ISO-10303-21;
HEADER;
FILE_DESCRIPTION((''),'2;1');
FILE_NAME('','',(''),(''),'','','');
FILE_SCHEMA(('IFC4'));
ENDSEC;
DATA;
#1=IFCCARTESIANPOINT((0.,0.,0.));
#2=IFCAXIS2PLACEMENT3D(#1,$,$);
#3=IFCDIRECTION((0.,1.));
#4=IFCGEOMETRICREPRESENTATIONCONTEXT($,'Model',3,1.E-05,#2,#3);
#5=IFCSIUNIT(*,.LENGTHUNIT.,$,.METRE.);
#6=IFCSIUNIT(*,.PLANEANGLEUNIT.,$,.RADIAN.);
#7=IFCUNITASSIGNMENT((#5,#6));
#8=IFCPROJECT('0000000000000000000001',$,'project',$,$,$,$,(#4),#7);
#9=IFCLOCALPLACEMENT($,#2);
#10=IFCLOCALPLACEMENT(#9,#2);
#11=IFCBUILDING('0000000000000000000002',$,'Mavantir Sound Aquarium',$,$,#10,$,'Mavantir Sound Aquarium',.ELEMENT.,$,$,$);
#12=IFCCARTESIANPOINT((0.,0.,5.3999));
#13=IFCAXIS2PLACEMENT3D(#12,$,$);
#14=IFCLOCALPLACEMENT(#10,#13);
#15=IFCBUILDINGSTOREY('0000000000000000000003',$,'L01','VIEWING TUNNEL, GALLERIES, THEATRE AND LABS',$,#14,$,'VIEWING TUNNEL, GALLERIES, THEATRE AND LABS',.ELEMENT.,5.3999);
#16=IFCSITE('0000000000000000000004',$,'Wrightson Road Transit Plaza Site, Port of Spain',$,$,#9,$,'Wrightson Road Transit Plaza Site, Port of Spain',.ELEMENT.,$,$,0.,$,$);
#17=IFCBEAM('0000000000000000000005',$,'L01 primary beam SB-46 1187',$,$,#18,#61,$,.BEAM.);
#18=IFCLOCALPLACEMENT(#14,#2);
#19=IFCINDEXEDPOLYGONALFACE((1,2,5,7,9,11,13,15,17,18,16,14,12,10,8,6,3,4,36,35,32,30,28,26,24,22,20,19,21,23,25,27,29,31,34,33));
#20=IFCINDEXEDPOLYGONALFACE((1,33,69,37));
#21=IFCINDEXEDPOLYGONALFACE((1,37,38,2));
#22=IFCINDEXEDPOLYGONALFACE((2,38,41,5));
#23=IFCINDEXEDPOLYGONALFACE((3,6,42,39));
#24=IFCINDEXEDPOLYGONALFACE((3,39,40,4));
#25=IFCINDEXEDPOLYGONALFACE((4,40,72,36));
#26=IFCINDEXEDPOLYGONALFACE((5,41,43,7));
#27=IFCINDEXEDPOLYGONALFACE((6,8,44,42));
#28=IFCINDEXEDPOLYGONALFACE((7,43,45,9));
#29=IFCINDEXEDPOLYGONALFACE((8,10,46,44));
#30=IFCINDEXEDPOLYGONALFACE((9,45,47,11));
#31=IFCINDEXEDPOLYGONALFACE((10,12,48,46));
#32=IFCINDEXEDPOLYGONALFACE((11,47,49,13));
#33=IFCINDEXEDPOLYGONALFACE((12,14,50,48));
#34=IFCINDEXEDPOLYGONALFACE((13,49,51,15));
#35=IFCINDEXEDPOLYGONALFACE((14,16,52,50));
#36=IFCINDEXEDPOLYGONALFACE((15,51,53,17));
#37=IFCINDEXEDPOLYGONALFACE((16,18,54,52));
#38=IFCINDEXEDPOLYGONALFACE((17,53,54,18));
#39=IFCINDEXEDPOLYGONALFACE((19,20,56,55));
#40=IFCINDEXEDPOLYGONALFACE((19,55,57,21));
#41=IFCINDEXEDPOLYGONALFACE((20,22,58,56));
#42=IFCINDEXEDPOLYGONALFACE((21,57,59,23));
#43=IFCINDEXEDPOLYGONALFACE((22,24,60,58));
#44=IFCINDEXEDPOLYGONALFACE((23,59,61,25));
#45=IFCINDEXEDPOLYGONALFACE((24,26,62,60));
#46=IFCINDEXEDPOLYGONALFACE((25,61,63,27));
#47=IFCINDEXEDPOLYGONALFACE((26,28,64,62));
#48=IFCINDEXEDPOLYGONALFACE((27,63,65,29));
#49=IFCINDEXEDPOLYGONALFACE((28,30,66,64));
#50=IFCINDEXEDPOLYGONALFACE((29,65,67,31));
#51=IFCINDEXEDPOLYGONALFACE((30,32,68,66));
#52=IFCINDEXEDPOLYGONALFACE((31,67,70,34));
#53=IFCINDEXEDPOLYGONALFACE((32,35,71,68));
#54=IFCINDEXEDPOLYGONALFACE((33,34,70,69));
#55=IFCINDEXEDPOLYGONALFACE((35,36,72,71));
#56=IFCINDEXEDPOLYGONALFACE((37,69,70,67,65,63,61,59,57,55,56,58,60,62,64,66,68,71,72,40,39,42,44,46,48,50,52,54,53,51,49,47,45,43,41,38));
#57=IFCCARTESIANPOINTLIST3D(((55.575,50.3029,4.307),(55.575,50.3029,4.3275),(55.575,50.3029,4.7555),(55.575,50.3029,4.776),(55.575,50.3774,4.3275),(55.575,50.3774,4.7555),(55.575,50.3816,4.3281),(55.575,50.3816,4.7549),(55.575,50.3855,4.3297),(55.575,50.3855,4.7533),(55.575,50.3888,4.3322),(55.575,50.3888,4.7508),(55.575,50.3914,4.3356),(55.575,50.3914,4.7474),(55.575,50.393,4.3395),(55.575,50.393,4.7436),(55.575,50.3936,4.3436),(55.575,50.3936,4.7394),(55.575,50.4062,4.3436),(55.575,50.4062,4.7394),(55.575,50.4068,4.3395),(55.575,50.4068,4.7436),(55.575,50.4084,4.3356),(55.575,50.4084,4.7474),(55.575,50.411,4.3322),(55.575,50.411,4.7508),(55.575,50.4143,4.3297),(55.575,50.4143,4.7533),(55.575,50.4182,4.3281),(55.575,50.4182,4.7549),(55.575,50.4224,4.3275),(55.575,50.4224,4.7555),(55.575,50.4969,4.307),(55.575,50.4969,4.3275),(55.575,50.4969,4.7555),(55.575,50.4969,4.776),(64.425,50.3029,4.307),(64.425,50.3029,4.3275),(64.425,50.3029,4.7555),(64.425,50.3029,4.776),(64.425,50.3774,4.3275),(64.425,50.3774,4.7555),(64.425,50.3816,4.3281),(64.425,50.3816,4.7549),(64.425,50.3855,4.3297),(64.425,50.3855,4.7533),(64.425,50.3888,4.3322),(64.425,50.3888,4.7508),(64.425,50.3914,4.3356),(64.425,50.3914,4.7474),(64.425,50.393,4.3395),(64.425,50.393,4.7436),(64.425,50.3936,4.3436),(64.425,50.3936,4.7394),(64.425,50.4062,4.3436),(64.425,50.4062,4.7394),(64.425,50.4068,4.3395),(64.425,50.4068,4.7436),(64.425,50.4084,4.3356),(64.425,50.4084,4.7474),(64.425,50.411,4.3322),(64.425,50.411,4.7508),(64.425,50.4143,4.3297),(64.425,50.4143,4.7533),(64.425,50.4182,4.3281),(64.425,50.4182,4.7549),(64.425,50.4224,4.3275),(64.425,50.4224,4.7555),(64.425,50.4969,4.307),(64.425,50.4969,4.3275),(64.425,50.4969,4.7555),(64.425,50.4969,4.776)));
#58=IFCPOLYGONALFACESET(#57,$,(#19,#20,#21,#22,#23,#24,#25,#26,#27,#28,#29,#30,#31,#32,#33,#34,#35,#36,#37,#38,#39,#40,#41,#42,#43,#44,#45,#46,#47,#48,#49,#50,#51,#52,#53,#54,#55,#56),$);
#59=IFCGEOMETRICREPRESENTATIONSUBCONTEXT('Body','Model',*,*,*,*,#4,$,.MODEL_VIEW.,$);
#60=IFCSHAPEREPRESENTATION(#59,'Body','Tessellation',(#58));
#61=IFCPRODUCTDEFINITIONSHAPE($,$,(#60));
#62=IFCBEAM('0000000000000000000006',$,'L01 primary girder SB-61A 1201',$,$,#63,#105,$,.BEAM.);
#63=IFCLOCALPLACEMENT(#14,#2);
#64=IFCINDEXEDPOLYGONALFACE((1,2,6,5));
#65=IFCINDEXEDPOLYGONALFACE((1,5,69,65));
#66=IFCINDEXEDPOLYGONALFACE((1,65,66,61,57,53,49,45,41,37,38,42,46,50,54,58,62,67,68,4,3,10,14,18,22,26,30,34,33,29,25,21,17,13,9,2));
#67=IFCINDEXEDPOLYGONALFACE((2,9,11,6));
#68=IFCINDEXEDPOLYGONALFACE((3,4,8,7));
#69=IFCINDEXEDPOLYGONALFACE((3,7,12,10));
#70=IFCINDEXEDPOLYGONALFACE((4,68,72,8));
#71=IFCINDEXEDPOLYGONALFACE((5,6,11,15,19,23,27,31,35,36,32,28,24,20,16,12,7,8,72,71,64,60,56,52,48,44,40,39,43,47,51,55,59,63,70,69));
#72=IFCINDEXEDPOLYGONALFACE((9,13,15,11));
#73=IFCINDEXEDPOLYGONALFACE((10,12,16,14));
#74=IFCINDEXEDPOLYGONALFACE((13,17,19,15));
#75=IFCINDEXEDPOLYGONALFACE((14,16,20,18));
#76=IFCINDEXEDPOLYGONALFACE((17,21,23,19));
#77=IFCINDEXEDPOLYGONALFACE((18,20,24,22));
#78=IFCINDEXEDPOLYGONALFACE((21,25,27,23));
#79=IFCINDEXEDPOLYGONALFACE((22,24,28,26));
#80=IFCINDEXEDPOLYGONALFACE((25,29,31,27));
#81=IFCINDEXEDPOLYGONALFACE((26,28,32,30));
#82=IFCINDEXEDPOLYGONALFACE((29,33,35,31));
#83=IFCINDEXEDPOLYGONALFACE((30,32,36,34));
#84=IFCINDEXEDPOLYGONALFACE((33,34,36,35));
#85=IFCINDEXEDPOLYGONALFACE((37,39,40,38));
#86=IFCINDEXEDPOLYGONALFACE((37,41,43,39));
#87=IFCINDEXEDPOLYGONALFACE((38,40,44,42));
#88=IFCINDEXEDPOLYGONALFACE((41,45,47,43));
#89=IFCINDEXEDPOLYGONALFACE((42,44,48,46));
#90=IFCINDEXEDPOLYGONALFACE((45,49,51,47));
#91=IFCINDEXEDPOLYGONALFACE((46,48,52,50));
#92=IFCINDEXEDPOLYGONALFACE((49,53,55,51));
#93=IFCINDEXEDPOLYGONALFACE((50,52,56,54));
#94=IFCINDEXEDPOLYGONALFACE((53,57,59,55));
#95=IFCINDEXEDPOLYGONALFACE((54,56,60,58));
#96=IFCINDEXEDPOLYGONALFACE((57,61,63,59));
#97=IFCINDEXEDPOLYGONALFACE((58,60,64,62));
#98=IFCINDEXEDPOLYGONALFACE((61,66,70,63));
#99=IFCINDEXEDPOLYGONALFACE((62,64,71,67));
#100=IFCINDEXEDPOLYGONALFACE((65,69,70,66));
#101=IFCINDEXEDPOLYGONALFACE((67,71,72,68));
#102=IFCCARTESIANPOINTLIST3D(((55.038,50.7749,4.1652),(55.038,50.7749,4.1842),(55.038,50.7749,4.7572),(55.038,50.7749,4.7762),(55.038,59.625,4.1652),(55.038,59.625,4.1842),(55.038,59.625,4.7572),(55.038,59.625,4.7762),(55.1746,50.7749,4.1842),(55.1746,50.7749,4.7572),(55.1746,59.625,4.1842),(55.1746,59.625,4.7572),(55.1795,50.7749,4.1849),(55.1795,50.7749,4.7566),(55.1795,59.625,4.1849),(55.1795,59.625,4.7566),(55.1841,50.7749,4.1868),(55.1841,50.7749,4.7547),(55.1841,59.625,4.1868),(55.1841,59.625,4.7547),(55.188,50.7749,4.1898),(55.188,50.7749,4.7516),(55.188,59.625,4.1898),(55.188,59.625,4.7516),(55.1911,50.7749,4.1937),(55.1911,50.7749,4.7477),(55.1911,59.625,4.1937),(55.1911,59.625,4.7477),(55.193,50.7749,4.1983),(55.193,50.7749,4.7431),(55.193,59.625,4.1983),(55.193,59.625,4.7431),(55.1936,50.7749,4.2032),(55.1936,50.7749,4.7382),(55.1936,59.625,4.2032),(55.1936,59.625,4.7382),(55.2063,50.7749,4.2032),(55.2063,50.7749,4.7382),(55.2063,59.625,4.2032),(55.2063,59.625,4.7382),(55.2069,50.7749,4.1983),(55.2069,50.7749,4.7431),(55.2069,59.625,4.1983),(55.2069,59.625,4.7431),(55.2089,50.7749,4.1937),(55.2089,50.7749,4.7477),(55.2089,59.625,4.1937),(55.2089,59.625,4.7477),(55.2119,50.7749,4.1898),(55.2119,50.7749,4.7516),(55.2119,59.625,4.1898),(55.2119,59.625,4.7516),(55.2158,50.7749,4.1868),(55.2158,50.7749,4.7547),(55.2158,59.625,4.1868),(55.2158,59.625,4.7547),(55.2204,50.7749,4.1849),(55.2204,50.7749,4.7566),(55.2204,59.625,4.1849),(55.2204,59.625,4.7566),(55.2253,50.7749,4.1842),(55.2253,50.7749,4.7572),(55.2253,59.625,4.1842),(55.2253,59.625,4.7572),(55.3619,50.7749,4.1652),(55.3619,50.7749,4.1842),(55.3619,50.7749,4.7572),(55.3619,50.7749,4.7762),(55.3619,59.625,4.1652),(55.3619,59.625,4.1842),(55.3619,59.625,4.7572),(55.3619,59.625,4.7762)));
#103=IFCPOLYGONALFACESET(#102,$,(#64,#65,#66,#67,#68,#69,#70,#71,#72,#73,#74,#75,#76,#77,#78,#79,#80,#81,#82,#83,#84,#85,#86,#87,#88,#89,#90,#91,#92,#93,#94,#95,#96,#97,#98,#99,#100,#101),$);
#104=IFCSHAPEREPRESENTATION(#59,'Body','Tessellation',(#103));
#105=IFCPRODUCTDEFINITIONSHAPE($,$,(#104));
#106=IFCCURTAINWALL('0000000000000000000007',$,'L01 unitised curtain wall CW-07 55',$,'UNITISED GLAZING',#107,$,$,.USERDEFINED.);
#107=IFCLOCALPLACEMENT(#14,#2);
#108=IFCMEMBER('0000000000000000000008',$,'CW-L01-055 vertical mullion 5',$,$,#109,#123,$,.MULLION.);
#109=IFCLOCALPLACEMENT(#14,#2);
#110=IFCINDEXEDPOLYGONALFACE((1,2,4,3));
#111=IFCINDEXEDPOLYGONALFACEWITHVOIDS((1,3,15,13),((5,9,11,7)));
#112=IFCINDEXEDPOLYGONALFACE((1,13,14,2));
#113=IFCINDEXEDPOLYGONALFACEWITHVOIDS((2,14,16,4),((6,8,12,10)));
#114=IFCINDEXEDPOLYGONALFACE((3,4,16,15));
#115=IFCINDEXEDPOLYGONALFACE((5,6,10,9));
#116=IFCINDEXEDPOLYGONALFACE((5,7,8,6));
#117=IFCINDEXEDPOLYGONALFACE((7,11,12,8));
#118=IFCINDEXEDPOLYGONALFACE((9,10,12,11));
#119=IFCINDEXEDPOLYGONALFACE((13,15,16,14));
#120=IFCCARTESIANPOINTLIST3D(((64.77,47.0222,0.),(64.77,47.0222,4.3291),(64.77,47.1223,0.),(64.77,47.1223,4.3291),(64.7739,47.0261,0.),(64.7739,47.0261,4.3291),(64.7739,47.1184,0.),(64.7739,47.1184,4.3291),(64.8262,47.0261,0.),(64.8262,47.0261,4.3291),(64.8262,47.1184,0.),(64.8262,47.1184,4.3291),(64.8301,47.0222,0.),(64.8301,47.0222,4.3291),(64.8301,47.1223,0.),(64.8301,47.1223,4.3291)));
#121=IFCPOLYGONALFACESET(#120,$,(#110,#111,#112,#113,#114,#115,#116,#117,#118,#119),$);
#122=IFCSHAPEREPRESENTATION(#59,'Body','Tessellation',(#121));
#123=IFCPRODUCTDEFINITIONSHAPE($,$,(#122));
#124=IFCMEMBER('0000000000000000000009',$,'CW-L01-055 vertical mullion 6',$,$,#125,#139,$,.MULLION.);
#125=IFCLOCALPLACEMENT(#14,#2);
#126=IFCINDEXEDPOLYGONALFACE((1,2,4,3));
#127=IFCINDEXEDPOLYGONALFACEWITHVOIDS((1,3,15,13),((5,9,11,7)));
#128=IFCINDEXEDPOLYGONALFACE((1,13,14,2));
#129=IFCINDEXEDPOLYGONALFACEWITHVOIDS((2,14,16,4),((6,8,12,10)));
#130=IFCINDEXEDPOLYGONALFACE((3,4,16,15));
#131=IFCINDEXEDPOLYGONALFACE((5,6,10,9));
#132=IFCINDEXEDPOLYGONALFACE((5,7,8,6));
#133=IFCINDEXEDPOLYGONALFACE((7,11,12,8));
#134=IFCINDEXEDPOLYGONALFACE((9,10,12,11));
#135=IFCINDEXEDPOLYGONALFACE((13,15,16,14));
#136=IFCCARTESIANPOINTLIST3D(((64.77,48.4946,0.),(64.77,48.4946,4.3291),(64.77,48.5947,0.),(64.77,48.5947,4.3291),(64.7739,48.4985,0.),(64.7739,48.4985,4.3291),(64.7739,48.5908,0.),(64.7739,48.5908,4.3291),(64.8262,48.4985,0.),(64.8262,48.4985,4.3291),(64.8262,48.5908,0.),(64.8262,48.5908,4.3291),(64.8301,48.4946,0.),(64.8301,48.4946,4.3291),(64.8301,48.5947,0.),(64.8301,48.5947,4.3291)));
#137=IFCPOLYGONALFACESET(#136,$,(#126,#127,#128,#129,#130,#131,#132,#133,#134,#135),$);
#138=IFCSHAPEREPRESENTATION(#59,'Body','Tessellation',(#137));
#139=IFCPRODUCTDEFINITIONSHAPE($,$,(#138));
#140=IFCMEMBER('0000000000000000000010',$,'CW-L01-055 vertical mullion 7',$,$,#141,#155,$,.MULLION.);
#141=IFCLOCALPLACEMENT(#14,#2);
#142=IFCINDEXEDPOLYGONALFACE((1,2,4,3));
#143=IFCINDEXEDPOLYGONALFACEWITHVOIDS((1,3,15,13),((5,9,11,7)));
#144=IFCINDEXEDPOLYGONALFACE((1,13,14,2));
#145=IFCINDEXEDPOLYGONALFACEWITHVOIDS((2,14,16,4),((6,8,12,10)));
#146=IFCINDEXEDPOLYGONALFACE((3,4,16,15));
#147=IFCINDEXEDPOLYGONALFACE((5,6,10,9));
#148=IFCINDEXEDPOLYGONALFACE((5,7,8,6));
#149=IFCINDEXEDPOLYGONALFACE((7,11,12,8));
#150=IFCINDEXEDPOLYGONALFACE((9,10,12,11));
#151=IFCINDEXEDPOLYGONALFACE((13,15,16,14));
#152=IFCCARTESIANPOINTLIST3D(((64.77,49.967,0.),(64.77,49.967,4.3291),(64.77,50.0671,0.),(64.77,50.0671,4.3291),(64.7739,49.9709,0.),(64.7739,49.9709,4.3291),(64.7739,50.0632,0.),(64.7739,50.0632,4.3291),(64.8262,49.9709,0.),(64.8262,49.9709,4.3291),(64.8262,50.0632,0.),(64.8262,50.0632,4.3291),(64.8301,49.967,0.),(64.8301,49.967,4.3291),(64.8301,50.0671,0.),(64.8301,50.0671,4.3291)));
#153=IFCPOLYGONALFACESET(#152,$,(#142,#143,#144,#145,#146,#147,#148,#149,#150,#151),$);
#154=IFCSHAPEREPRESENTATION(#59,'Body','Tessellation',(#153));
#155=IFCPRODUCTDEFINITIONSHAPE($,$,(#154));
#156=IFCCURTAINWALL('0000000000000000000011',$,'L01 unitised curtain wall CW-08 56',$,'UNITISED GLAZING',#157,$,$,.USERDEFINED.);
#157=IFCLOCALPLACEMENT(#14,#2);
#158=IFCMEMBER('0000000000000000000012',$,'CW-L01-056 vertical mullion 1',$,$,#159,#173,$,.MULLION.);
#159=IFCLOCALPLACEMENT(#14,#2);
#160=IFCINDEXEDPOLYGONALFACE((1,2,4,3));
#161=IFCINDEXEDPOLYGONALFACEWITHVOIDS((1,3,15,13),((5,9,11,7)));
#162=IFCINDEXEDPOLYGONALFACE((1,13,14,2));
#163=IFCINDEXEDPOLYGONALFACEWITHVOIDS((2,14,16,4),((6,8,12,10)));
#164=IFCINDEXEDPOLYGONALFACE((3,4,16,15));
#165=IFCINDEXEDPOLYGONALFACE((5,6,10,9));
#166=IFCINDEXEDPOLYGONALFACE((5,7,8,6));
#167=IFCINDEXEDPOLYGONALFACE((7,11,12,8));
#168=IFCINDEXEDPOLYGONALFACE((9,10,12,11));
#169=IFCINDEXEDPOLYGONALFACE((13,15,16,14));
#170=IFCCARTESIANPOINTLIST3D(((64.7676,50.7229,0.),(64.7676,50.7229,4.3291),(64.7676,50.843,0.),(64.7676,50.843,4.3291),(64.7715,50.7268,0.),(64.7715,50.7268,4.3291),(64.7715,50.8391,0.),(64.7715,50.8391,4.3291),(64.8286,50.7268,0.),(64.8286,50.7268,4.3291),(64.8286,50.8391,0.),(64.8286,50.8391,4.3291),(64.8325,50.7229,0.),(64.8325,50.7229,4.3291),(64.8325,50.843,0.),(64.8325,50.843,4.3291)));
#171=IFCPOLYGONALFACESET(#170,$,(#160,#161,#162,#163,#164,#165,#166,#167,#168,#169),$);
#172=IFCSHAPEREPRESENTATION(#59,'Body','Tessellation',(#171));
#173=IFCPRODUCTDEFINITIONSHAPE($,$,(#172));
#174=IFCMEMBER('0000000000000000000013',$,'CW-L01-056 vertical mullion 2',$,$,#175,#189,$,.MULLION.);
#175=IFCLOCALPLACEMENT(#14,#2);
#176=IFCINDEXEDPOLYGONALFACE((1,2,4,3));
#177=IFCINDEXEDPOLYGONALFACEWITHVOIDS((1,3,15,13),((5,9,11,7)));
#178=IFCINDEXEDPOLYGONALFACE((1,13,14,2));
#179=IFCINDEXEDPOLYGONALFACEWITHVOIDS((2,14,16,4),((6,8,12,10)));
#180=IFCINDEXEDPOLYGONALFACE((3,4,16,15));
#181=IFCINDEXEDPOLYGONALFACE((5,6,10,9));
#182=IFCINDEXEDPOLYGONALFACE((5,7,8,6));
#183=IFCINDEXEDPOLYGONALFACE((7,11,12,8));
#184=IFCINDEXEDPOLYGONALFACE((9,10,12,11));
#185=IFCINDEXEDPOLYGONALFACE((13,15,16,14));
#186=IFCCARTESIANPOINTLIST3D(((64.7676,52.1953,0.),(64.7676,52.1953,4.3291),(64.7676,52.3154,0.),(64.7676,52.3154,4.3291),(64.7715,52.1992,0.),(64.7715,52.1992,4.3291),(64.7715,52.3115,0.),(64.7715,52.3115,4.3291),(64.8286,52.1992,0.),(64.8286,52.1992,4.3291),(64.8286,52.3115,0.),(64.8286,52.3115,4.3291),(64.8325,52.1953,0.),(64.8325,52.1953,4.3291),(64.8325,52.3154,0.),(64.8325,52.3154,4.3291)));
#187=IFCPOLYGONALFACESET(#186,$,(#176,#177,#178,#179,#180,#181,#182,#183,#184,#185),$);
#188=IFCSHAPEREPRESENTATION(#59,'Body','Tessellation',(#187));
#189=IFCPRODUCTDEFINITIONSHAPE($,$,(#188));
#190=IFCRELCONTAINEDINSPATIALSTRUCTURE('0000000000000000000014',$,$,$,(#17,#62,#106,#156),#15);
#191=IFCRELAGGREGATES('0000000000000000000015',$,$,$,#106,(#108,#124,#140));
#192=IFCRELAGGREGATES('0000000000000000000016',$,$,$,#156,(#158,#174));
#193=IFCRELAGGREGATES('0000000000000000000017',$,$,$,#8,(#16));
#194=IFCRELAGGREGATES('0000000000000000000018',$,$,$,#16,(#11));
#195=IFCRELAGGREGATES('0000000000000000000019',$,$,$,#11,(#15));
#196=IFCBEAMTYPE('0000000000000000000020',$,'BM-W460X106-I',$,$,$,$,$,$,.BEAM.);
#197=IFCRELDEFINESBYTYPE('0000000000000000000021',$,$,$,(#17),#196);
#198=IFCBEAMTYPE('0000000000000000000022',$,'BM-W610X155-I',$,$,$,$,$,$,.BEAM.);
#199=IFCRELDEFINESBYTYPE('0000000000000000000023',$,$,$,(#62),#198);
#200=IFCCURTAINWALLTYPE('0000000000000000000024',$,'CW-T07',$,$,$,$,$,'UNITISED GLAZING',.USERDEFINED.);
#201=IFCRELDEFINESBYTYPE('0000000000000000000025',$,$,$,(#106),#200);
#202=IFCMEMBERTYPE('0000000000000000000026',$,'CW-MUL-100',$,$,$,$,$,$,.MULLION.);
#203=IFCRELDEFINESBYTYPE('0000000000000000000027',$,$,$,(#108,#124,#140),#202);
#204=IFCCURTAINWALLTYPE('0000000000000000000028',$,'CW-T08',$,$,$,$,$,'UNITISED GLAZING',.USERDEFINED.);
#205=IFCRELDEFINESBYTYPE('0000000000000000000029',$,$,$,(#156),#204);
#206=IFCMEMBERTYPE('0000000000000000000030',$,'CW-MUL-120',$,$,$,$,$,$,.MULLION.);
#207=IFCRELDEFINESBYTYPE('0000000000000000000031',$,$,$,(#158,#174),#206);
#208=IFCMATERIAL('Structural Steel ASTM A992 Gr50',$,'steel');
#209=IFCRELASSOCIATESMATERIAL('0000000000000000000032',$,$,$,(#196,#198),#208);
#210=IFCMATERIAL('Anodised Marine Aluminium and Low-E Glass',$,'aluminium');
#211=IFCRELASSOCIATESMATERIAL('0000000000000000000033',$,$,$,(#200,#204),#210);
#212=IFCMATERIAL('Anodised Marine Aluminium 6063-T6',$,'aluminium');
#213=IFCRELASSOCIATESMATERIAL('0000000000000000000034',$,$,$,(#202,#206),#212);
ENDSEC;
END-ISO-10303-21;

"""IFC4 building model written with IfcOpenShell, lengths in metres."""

from ifc_helpers import new_model, si_unit, direction, frame, origin, origin_2d, place, context, subcontext, project, spatial, hollow_rectangle, i_section, extrude, material, material_profile, profile_set, type_object, element, aggregate, save


model = new_model("IFC4")

# Units and contexts
model_context = context("Model", 3, precision=1e-05, world=origin(), true_north=direction((0.0, 1.0)))
body_context = subcontext(model_context, "Body", "Model", "MODEL_VIEW")
ifc_project = project(units=[si_unit("LENGTHUNIT", "METRE"), si_unit("PLANEANGLEUNIT", "RADIAN")], contexts=[model_context])

# Site, building, storey
site_placement = place(None, origin())
site = spatial("IfcSite", under=ifc_project, at=site_placement, Name="Wrightson Road Transit Plaza Site, Port of Spain", LongName="Wrightson Road Transit Plaza Site, Port of Spain", CompositionType="ELEMENT", RefElevation=0.0)
building_placement = place(site_placement, origin())
building = spatial("IfcBuilding", under=site, at=building_placement, Name="Mavantir Sound Aquarium", LongName="Mavantir Sound Aquarium", CompositionType="ELEMENT")
storey_placement = place(building_placement, frame((0.0, 0.0, 5.3999)))
storey = spatial("IfcBuildingStorey", under=building, at=storey_placement, Name="L01", Description="VIEWING TUNNEL, GALLERIES, THEATRE AND LABS", LongName="VIEWING TUNNEL, GALLERIES, THEATRE AND LABS", CompositionType="ELEMENT", Elevation=5.3999)

# Beams
ifc_material_1 = material(Name="Structural Steel ASTM A992 Gr50", Category="steel")
ifc_material_profile_1 = material_profile(ifc_material_1, i_section(OverallWidth=0.1941, OverallDepth=0.469, WebThickness=0.0127, FlangeThickness=0.0205, FilletRadius=0.0161, at=origin_2d()), Name="W460X106")
ifc_profile_set_1 = profile_set([ifc_material_profile_1], Name="Structural Steel ASTM A992 Gr50")
beam_type_1 = type_object("IfcBeamType", Name="BM-W460X106-I", PredefinedType="BEAM", material=ifc_profile_set_1)
beam_1_placement = place(storey_placement, frame((55.575, 50.3999, 4.5415), z_axis=(1.0, 0.0, 0.0), x_axis=(0.0, 1.0, 0.0)))
element("IfcBeam", 1, at=beam_1_placement, inside=storey, type_object=beam_type_1, Name="L01 primary beam SB-46 1187", PredefinedType="BEAM", context=body_context, shape_type="SweptSolid", body=[
    extrude(i_section(OverallWidth=0.1941, OverallDepth=0.469, WebThickness=0.0127, FlangeThickness=0.0205, FilletRadius=0.0161, at=origin_2d()), origin(), (0.0, 0.0, 1.0), 8.8501),
])
ifc_material_profile_2 = material_profile(ifc_material_1, i_section(OverallWidth=0.324, OverallDepth=0.6111, WebThickness=0.0127, FlangeThickness=0.019, FilletRadius=0.019, at=origin_2d()), Name="W610X155")
ifc_profile_set_2 = profile_set([ifc_material_profile_2], Name="Structural Steel ASTM A992 Gr50")
beam_type_2 = type_object("IfcBeamType", Name="BM-W610X155-I", PredefinedType="BEAM", material=ifc_profile_set_2)
beam_2_placement = place(storey_placement, frame((55.2, 50.7749, 4.4707), z_axis=(0.0, 1.0, 0.0), x_axis=(-1.0, 0.0, 0.0)))
element("IfcBeam", 2, at=beam_2_placement, inside=storey, type_object=beam_type_2, Name="L01 primary girder SB-61A 1201", PredefinedType="BEAM", context=body_context, shape_type="SweptSolid", body=[
    extrude(i_section(OverallWidth=0.324, OverallDepth=0.6111, WebThickness=0.0127, FlangeThickness=0.019, FilletRadius=0.019, at=origin_2d()), origin(), (0.0, 0.0, 1.0), 8.8501),
])

# Curtain walls, members
ifc_material_2 = material(Name="Anodised Marine Aluminium and Low-E Glass", Category="aluminium")
curtain_wall_type_1 = type_object("IfcCurtainWallType", Name="CW-T07", ElementType="UNITISED GLAZING", PredefinedType="USERDEFINED", material=ifc_material_2)
curtain_wall_1_placement = place(storey_placement, origin())
curtain_wall_1 = element("IfcCurtainWall", 3, at=curtain_wall_1_placement, inside=storey, type_object=curtain_wall_type_1, Name="L01 unitised curtain wall CW-07 55", ObjectType="UNITISED GLAZING", PredefinedType="USERDEFINED")
ifc_material_3 = material(Name="Anodised Marine Aluminium 6063-T6", Category="aluminium")
ifc_material_profile_3 = material_profile(ifc_material_3, hollow_rectangle(XDim=0.0601, YDim=0.1001, WallThickness=0.0039, at=origin_2d()), Name="ALU-MULLION-100X60")
ifc_profile_set_3 = profile_set([ifc_material_profile_3], Name="Anodised Marine Aluminium 6063-T6")
member_type_1 = type_object("IfcMemberType", Name="CW-MUL-100", PredefinedType="MULLION", material=ifc_profile_set_3)
member_1_placement = place(storey_placement, frame((64.8, 47.0723, 0.0), z_axis=(0.0, 0.0, 1.0), x_axis=(1.0, 0.0, 0.0)))
member_1 = element("IfcMember", 4, at=member_1_placement, type_object=member_type_1, Name="CW-L01-055 vertical mullion 5", PredefinedType="MULLION", context=body_context, shape_type="SweptSolid", body=[
    extrude(hollow_rectangle(XDim=0.0601, YDim=0.1001, WallThickness=0.0039, at=origin_2d()), origin(), (0.0, 0.0, 1.0), 4.3291),
])
member_2_placement = place(storey_placement, frame((64.8, 48.5447, 0.0), z_axis=(0.0, 0.0, 1.0), x_axis=(1.0, 0.0, 0.0)))
member_2 = element("IfcMember", 5, at=member_2_placement, type_object=member_type_1, Name="CW-L01-055 vertical mullion 6", PredefinedType="MULLION", context=body_context, shape_type="SweptSolid", body=[
    extrude(hollow_rectangle(XDim=0.0601, YDim=0.1001, WallThickness=0.0039, at=origin_2d()), origin(), (0.0, 0.0, 1.0), 4.3291),
])
member_3_placement = place(storey_placement, frame((64.8, 50.0171, 0.0), z_axis=(0.0, 0.0, 1.0), x_axis=(1.0, 0.0, 0.0)))
member_3 = element("IfcMember", 6, at=member_3_placement, type_object=member_type_1, Name="CW-L01-055 vertical mullion 7", PredefinedType="MULLION", context=body_context, shape_type="SweptSolid", body=[
    extrude(hollow_rectangle(XDim=0.0601, YDim=0.1001, WallThickness=0.0039, at=origin_2d()), origin(), (0.0, 0.0, 1.0), 4.3291),
])
curtain_wall_type_2 = type_object("IfcCurtainWallType", Name="CW-T08", ElementType="UNITISED GLAZING", PredefinedType="USERDEFINED", material=ifc_material_2)
curtain_wall_2_placement = place(storey_placement, origin())
curtain_wall_2 = element("IfcCurtainWall", 7, at=curtain_wall_2_placement, inside=storey, type_object=curtain_wall_type_2, Name="L01 unitised curtain wall CW-08 56", ObjectType="UNITISED GLAZING", PredefinedType="USERDEFINED")
ifc_material_profile_4 = material_profile(ifc_material_3, hollow_rectangle(XDim=0.0649, YDim=0.1201, WallThickness=0.0039, at=origin_2d()), Name="ALU-MULLION-120X65")
ifc_profile_set_4 = profile_set([ifc_material_profile_4], Name="Anodised Marine Aluminium 6063-T6")
member_type_2 = type_object("IfcMemberType", Name="CW-MUL-120", PredefinedType="MULLION", material=ifc_profile_set_4)
member_4_placement = place(storey_placement, frame((64.8, 50.783, 0.0), z_axis=(0.0, 0.0, 1.0), x_axis=(1.0, 0.0, 0.0)))
member_4 = element("IfcMember", 8, at=member_4_placement, type_object=member_type_2, Name="CW-L01-056 vertical mullion 1", PredefinedType="MULLION", context=body_context, shape_type="SweptSolid", body=[
    extrude(hollow_rectangle(XDim=0.0649, YDim=0.1201, WallThickness=0.0039, at=origin_2d()), origin(), (0.0, 0.0, 1.0), 4.3291),
])
member_5_placement = place(storey_placement, frame((64.8, 52.2554, 0.0), z_axis=(0.0, 0.0, 1.0), x_axis=(1.0, 0.0, 0.0)))
member_5 = element("IfcMember", 9, at=member_5_placement, type_object=member_type_2, Name="CW-L01-056 vertical mullion 2", PredefinedType="MULLION", context=body_context, shape_type="SweptSolid", body=[
    extrude(hollow_rectangle(XDim=0.0649, YDim=0.1201, WallThickness=0.0039, at=origin_2d()), origin(), (0.0, 0.0, 1.0), 4.3291),
])

aggregate(curtain_wall_1, [member_1, member_2, member_3])
aggregate(curtain_wall_2, [member_4, member_5])

save(model, "model.ifc")
